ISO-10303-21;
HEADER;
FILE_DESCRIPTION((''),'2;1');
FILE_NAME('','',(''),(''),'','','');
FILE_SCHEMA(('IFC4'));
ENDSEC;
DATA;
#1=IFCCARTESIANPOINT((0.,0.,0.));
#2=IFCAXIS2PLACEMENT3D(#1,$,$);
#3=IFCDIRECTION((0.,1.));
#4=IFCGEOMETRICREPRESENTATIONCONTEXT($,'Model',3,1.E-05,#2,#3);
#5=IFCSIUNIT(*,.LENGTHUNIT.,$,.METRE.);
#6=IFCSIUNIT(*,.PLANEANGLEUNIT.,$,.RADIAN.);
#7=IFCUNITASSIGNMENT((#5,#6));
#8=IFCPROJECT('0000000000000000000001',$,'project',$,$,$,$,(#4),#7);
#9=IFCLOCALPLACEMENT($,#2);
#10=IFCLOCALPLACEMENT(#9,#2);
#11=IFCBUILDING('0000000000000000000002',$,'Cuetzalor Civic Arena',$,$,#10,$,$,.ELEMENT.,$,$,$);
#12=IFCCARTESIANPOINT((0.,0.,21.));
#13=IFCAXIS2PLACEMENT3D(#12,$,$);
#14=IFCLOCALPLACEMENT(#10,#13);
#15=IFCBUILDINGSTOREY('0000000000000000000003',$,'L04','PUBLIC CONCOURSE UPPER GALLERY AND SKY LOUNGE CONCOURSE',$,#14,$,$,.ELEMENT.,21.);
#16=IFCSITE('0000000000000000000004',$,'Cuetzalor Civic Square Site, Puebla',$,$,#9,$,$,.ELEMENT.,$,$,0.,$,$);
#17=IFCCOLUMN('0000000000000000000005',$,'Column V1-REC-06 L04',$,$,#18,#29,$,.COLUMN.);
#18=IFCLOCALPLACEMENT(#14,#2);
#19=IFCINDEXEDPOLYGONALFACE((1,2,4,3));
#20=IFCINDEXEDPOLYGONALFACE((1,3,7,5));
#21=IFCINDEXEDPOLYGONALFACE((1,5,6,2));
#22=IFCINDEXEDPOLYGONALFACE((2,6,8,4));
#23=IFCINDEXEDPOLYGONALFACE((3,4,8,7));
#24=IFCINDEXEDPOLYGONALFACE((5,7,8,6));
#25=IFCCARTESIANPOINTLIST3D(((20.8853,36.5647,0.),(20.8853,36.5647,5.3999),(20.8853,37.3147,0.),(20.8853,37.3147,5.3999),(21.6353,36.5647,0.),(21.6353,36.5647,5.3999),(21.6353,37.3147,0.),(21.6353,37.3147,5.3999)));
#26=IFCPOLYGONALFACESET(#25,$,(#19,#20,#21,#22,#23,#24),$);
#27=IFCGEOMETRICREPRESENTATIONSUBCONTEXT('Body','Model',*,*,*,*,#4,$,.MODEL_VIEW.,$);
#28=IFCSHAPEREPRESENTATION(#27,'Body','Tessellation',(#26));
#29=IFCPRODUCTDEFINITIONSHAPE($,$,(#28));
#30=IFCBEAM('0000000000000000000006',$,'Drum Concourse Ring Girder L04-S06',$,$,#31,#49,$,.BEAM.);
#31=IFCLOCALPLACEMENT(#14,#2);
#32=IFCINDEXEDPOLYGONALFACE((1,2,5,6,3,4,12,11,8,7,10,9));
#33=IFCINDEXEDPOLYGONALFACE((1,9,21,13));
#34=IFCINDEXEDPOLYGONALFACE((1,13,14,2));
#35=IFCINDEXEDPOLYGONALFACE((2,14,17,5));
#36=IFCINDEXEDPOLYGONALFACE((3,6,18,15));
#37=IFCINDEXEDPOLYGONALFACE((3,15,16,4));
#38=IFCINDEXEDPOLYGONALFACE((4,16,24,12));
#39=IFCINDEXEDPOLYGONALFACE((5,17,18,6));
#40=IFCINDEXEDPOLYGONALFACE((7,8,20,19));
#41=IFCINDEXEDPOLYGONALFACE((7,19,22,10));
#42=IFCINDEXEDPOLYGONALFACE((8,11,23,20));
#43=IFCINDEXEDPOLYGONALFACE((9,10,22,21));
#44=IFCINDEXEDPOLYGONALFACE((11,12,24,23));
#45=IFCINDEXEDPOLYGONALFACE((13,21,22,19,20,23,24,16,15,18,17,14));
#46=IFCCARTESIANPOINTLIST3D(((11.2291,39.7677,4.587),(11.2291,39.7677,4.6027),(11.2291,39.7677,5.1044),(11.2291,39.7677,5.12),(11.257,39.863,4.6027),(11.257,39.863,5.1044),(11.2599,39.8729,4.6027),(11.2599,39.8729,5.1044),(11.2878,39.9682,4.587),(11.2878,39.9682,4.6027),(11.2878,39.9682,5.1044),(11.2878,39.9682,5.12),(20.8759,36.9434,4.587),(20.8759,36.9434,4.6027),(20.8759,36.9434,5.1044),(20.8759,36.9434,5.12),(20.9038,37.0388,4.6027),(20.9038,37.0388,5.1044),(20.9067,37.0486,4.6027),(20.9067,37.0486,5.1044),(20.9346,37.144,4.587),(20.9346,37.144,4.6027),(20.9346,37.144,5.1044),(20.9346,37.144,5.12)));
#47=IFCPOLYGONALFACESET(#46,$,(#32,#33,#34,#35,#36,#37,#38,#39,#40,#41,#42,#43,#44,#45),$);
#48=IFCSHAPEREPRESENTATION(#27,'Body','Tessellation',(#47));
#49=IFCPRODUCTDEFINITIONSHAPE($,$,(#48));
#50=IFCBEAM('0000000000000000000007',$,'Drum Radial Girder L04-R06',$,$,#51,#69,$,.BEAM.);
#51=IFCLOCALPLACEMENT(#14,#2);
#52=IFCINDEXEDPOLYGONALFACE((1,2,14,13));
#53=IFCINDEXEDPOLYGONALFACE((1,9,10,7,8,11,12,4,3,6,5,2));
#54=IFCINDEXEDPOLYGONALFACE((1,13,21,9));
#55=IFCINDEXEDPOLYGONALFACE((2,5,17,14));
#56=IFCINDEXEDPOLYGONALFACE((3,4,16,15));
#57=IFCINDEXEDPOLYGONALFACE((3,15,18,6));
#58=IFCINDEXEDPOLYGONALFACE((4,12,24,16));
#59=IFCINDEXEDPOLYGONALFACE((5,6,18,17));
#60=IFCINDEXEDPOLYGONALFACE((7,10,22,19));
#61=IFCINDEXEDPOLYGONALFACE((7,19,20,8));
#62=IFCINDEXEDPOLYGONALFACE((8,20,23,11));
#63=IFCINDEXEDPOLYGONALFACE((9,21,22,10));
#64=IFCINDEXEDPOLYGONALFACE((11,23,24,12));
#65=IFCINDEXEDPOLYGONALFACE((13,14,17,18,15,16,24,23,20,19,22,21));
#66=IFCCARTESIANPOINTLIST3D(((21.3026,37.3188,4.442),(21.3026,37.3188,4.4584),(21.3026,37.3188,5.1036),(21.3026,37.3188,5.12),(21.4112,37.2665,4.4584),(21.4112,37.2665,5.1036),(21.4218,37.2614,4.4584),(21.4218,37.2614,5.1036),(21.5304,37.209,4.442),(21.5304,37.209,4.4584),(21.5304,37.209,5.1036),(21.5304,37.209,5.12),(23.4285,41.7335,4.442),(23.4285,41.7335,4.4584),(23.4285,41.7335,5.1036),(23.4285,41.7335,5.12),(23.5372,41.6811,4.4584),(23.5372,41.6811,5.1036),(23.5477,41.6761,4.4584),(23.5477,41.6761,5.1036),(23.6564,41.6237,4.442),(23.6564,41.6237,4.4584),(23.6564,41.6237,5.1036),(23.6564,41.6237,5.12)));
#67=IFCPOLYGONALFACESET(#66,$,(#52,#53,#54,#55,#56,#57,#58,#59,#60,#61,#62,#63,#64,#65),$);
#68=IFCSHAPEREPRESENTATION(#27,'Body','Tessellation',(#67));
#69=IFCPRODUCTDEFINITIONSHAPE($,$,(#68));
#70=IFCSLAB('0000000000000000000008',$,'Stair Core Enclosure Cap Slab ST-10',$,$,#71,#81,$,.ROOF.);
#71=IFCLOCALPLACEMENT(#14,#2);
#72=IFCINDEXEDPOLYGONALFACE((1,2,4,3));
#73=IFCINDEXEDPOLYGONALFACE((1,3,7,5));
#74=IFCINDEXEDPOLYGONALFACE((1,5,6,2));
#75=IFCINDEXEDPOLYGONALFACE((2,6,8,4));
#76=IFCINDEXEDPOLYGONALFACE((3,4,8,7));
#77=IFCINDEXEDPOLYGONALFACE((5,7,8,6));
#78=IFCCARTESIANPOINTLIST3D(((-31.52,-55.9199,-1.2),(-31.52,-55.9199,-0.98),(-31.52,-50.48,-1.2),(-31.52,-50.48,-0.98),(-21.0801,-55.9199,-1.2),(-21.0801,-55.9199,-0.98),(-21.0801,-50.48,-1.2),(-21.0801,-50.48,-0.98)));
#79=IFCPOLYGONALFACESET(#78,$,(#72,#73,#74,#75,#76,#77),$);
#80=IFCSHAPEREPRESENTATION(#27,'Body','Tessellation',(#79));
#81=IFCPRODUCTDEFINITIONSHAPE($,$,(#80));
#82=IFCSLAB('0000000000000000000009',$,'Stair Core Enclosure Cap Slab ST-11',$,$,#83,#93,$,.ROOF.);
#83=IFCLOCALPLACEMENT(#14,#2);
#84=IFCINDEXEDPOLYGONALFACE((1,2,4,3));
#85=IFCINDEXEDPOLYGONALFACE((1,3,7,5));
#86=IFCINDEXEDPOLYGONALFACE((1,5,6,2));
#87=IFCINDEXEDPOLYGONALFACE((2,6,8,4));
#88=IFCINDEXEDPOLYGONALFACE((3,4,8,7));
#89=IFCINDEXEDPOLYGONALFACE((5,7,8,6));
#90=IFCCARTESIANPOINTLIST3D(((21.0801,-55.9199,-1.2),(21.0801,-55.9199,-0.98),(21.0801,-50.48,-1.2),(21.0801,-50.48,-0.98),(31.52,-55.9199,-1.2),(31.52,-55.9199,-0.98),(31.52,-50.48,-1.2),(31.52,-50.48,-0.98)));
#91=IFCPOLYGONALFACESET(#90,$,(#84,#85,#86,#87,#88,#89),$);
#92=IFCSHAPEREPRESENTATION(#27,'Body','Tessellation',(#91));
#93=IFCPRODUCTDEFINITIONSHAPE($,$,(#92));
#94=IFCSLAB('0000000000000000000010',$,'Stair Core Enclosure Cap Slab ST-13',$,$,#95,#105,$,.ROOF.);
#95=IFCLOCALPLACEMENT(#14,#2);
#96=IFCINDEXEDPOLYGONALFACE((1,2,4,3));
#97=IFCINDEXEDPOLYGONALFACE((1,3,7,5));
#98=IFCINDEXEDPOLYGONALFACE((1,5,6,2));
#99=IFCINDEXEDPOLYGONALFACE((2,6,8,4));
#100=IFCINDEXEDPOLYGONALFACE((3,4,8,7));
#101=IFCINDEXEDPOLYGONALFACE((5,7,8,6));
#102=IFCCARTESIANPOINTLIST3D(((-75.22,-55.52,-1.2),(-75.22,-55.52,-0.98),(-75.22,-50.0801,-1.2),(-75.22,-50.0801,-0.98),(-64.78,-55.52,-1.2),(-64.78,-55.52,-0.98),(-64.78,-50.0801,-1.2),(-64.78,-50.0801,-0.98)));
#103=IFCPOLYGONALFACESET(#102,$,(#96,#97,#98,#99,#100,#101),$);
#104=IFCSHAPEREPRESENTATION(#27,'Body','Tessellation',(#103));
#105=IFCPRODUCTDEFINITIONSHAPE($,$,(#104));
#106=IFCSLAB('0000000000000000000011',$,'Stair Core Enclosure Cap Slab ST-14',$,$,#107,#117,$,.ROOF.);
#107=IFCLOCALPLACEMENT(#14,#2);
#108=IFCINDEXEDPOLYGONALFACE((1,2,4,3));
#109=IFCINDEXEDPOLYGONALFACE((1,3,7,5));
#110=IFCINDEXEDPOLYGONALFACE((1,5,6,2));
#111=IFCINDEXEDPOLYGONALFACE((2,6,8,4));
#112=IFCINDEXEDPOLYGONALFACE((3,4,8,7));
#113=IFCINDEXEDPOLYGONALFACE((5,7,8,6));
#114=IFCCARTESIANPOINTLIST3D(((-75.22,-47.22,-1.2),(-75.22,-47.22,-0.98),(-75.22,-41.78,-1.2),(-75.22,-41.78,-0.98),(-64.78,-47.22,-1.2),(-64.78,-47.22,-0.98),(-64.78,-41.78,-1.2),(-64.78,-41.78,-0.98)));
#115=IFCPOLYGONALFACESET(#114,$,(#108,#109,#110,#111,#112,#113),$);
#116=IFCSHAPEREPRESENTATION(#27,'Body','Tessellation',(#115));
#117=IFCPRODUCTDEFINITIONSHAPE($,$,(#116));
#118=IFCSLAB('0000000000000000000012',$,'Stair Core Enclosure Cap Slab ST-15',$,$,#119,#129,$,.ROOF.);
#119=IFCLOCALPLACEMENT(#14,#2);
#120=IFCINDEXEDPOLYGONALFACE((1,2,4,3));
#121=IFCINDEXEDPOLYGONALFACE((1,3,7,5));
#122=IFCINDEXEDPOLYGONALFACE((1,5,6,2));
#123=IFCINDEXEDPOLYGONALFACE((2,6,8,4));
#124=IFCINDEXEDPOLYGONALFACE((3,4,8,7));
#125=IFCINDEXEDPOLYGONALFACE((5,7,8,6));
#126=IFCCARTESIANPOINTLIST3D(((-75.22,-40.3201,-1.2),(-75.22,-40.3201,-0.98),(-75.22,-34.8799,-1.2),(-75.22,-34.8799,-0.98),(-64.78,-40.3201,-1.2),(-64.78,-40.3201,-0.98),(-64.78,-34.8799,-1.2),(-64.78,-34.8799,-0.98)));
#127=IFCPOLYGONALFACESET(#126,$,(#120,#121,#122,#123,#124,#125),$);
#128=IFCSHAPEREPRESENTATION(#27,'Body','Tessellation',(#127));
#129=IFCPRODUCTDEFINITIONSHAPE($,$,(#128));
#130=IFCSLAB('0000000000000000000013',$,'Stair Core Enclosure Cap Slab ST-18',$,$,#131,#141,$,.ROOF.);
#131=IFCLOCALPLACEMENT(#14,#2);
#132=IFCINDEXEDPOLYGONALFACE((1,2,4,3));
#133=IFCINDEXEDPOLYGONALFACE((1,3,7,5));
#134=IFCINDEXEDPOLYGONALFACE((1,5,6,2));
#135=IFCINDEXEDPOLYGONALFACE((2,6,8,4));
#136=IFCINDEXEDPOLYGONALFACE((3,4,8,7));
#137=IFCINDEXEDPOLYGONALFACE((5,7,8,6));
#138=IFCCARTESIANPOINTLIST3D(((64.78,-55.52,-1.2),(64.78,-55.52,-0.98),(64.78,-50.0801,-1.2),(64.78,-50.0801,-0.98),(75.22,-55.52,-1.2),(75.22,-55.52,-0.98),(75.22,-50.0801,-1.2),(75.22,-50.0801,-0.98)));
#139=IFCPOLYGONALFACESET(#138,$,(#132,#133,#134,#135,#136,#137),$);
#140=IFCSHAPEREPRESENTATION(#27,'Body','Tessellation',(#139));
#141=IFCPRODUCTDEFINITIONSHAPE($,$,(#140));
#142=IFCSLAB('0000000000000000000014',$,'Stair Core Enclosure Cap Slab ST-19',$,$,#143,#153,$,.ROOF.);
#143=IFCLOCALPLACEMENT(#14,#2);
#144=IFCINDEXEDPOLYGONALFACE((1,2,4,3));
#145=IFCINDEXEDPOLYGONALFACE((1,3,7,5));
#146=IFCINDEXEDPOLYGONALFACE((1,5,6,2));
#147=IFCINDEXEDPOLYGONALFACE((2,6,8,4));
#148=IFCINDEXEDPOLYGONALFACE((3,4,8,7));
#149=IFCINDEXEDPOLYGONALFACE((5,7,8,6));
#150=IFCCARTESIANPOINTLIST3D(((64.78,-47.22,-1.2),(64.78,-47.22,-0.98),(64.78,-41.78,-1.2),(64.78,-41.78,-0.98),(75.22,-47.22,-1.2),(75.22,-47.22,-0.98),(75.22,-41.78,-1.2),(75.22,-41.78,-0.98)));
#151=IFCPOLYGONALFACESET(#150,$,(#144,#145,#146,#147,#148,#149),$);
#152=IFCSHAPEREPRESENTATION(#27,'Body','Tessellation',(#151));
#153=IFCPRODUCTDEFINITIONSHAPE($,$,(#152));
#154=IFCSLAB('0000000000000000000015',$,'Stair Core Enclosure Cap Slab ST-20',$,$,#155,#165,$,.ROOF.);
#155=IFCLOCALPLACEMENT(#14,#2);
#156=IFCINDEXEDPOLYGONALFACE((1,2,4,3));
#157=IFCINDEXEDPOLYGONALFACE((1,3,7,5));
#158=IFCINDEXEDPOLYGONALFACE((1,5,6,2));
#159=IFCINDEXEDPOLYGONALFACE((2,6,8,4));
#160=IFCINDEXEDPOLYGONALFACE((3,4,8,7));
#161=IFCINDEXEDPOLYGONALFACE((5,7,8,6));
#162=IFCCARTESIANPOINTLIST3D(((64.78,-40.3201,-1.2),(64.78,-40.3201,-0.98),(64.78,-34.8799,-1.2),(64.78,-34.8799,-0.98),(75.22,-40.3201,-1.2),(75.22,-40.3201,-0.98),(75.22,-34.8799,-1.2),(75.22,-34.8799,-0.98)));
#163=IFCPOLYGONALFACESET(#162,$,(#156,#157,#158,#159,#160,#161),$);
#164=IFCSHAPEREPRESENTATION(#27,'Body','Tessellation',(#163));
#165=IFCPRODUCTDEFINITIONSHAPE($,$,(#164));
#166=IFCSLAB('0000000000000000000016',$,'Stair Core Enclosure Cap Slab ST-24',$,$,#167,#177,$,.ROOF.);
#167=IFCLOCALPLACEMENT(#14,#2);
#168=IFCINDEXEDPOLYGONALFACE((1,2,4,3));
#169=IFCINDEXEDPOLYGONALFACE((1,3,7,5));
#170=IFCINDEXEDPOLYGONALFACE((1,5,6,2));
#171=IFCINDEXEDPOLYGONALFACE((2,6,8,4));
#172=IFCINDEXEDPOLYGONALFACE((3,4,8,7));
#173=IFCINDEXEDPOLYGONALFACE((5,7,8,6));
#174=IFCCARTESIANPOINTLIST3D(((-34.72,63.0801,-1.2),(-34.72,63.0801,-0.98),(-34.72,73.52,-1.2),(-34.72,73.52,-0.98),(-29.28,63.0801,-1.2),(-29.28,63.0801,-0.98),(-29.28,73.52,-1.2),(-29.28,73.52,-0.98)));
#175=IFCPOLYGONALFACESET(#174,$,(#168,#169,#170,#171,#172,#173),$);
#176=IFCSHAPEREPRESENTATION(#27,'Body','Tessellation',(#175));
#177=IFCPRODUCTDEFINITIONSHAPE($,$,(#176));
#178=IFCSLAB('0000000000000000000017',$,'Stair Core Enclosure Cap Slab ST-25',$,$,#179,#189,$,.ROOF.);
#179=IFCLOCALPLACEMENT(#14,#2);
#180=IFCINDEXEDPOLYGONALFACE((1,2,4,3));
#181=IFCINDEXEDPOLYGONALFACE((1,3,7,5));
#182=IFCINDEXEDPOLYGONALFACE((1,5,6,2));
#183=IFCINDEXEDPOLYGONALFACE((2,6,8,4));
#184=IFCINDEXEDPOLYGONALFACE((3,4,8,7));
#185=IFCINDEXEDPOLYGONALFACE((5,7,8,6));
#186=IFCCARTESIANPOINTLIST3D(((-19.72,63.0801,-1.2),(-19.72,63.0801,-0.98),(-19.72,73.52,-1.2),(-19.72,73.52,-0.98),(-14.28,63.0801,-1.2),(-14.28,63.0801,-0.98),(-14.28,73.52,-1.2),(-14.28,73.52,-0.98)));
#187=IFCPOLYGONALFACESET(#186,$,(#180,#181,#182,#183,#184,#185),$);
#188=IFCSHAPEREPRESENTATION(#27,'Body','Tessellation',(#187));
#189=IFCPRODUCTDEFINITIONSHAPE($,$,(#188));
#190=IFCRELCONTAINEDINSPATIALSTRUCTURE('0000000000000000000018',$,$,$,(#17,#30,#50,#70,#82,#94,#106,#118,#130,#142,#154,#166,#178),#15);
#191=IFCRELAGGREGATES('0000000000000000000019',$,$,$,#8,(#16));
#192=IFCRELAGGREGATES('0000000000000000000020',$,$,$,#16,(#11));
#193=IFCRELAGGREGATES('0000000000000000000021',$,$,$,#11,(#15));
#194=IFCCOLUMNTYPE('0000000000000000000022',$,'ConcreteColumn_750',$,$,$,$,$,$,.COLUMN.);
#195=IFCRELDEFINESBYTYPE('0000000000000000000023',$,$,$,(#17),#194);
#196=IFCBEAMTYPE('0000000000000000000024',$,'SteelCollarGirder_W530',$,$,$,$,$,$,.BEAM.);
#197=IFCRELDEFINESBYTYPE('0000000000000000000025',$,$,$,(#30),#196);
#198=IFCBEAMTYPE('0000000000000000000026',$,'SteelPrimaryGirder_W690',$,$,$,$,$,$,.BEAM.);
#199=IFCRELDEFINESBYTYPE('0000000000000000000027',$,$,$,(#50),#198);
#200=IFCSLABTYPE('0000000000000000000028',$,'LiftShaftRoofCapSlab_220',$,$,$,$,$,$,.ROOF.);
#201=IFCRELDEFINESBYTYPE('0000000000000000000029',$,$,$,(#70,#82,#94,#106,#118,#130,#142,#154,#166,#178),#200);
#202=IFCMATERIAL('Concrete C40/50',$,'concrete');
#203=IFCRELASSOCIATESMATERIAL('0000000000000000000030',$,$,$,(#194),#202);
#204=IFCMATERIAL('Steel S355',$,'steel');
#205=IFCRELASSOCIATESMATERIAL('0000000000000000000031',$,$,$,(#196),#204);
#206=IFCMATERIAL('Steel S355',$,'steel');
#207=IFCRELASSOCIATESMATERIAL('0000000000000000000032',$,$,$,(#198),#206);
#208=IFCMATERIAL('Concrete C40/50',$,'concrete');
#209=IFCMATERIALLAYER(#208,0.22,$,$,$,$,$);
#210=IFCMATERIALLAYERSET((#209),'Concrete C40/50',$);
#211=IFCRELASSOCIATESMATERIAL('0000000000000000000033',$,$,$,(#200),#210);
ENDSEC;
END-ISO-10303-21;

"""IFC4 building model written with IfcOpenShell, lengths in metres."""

from ifc_helpers import new_model, si_unit, direction, frame, origin, origin_2d, place, context, subcontext, project, spatial, polyline, rectangle, i_section, outline, extrude, material, layer, layer_set, material_profile, profile_set, type_object, element, save


model = new_model("IFC4")

# Units and contexts
model_context = context("Model", 3, precision=1e-05, world=origin(), true_north=direction((0.0, 1.0)))
body_context = subcontext(model_context, "Body", "Model", "MODEL_VIEW")
ifc_project = project(units=[si_unit("LENGTHUNIT", "METRE"), si_unit("PLANEANGLEUNIT", "RADIAN")], contexts=[model_context])

# Site, building, storey
site_placement = place(None, origin())
site = spatial("IfcSite", under=ifc_project, at=site_placement, Name="Cuetzalor Civic Square Site, Puebla", CompositionType="ELEMENT", RefElevation=0.0)
building_placement = place(site_placement, origin())
building = spatial("IfcBuilding", under=site, at=building_placement, Name="Cuetzalor Civic Arena", CompositionType="ELEMENT")
storey_placement = place(building_placement, frame((0.0, 0.0, 21.0)))
storey = spatial("IfcBuildingStorey", under=building, at=storey_placement, Name="L04", Description="PUBLIC CONCOURSE UPPER GALLERY AND SKY LOUNGE CONCOURSE", CompositionType="ELEMENT", Elevation=21.0)

# Column
ifc_material_1 = material(Name="Concrete C40/50", Category="concrete")
ifc_material_profile_1 = material_profile(ifc_material_1, rectangle(XDim=0.75, YDim=0.75, at=origin_2d()), Name="RC 750x750")
ifc_profile_set_1 = profile_set([ifc_material_profile_1], Name="Concrete C40/50")
column_type = type_object("IfcColumnType", Name="ConcreteColumn_750", PredefinedType="COLUMN", material=ifc_profile_set_1)
column_placement = place(storey_placement, frame((21.2603, 36.9397, 0.0), z_axis=(0.0, 0.0, 1.0), x_axis=(1.0, 0.0, 0.0)))
element("IfcColumn", 1, at=column_placement, inside=storey, type_object=column_type, Name="Column V1-REC-06 L04", PredefinedType="COLUMN", context=body_context, shape_type="SweptSolid", body=[
    extrude(rectangle(XDim=0.75, YDim=0.75, at=origin_2d()), origin(), (0.0, 0.0, 1.0), 5.3999),
])

# Beams
ifc_material_2 = material(Name="Steel S355", Category="steel")
ifc_material_profile_2 = material_profile(ifc_material_2, i_section(OverallWidth=0.209, OverallDepth=0.533, WebThickness=0.0103, FlangeThickness=0.0156, at=origin_2d()), Name="W530x92")
ifc_profile_set_2 = profile_set([ifc_material_profile_2], Name="Steel S355")
beam_type_1 = type_object("IfcBeamType", Name="SteelCollarGirder_W530", PredefinedType="BEAM", material=ifc_profile_set_2)
beam_1_placement = place(storey_placement, frame((20.9053, 37.0437, 4.8535), z_axis=(-0.959716, 0.280971, 0.0), x_axis=(-0.280971, -0.959716, 0.0)))
element("IfcBeam", 2, at=beam_1_placement, inside=storey, type_object=beam_type_1, Name="Drum Concourse Ring Girder L04-S06", PredefinedType="BEAM", context=body_context, shape_type="SweptSolid", body=[
    extrude(i_section(OverallWidth=0.209, OverallDepth=0.533, WebThickness=0.0103, FlangeThickness=0.0156, at=origin_2d()), origin(), (0.0, 0.0, 1.0), 10.0518),
])
ifc_material_3 = material(Name="Steel S355", Category="steel")
ifc_material_profile_3 = material_profile(ifc_material_3, i_section(OverallWidth=0.2529, OverallDepth=0.678, WebThickness=0.0117, FlangeThickness=0.0164, at=origin_2d()), Name="W690x125")
ifc_profile_set_3 = profile_set([ifc_material_profile_3], Name="Steel S355")
beam_type_2 = type_object("IfcBeamType", Name="SteelPrimaryGirder_W690", PredefinedType="BEAM", material=ifc_profile_set_3)
beam_2_placement = place(storey_placement, frame((21.4165, 37.2639, 4.781), z_axis=(0.433871, 0.900975, 0.0), x_axis=(-0.900975, 0.433871, 0.0)))
element("IfcBeam", 3, at=beam_2_placement, inside=storey, type_object=beam_type_2, Name="Drum Radial Girder L04-R06", PredefinedType="BEAM", context=body_context, shape_type="SweptSolid", body=[
    extrude(i_section(OverallWidth=0.2529, OverallDepth=0.678, WebThickness=0.0117, FlangeThickness=0.0164, at=origin_2d()), origin(), (0.0, 0.0, 1.0), 4.8999),
])

# Slabs
ifc_material_4 = material(Name="Concrete C40/50", Category="concrete")
ifc_layer_1 = layer(ifc_material_4, 0.22)
ifc_layer_set_1 = layer_set([ifc_layer_1], Name="Concrete C40/50")
slab_type_1 = type_object("IfcSlabType", Name="LiftShaftRoofCapSlab_220", PredefinedType="ROOF", material=ifc_layer_set_1)
slab_1_placement = place(storey_placement, frame((0.0, 0.0, -1.2)))
element("IfcSlab", 4, at=slab_1_placement, inside=storey, type_object=slab_type_1, Name="Stair Core Enclosure Cap Slab ST-10", PredefinedType="ROOF", context=body_context, shape_type="SweptSolid", body=[
    extrude(outline(polyline([(-31.52, -55.9199), (-21.0801, -55.9199), (-21.0801, -50.48), (-31.52, -50.48), (-31.52, -55.9199)])), origin(), (0.0, 0.0, 1.0), 0.22),
])
slab_2_placement = place(storey_placement, frame((0.0, 0.0, -1.2)))
element("IfcSlab", 5, at=slab_2_placement, inside=storey, type_object=slab_type_1, Name="Stair Core Enclosure Cap Slab ST-11", PredefinedType="ROOF", context=body_context, shape_type="SweptSolid", body=[
    extrude(outline(polyline([(21.0801, -55.9199), (31.52, -55.9199), (31.52, -50.48), (21.0801, -50.48), (21.0801, -55.9199)])), origin(), (0.0, 0.0, 1.0), 0.22),
])
slab_3_placement = place(storey_placement, frame((0.0, 0.0, -1.2)))
element("IfcSlab", 6, at=slab_3_placement, inside=storey, type_object=slab_type_1, Name="Stair Core Enclosure Cap Slab ST-13", PredefinedType="ROOF", context=body_context, shape_type="SweptSolid", body=[
    extrude(outline(polyline([(-75.22, -55.52), (-64.78, -55.52), (-64.78, -50.0801), (-75.22, -50.0801), (-75.22, -55.52)])), origin(), (0.0, 0.0, 1.0), 0.22),
])
slab_4_placement = place(storey_placement, frame((0.0, 0.0, -1.2)))
element("IfcSlab", 7, at=slab_4_placement, inside=storey, type_object=slab_type_1, Name="Stair Core Enclosure Cap Slab ST-14", PredefinedType="ROOF", context=body_context, shape_type="SweptSolid", body=[
    extrude(outline(polyline([(-75.22, -47.22), (-64.78, -47.22), (-64.78, -41.78), (-75.22, -41.78), (-75.22, -47.22)])), origin(), (0.0, 0.0, 1.0), 0.22),
])
slab_5_placement = place(storey_placement, frame((0.0, 0.0, -1.2)))
element("IfcSlab", 8, at=slab_5_placement, inside=storey, type_object=slab_type_1, Name="Stair Core Enclosure Cap Slab ST-15", PredefinedType="ROOF", context=body_context, shape_type="SweptSolid", body=[
    extrude(outline(polyline([(-75.22, -40.3201), (-64.78, -40.3201), (-64.78, -34.8799), (-75.22, -34.8799), (-75.22, -40.3201)])), origin(), (0.0, 0.0, 1.0), 0.22),
])
slab_6_placement = place(storey_placement, frame((0.0, 0.0, -1.2)))
element("IfcSlab", 9, at=slab_6_placement, inside=storey, type_object=slab_type_1, Name="Stair Core Enclosure Cap Slab ST-18", PredefinedType="ROOF", context=body_context, shape_type="SweptSolid", body=[
    extrude(outline(polyline([(64.78, -55.52), (75.22, -55.52), (75.22, -50.0801), (64.78, -50.0801), (64.78, -55.52)])), origin(), (0.0, 0.0, 1.0), 0.22),
])
slab_7_placement = place(storey_placement, frame((0.0, 0.0, -1.2)))
element("IfcSlab", 10, at=slab_7_placement, inside=storey, type_object=slab_type_1, Name="Stair Core Enclosure Cap Slab ST-19", PredefinedType="ROOF", context=body_context, shape_type="SweptSolid", body=[
    extrude(outline(polyline([(64.78, -47.22), (75.22, -47.22), (75.22, -41.78), (64.78, -41.78), (64.78, -47.22)])), origin(), (0.0, 0.0, 1.0), 0.22),
])
slab_8_placement = place(storey_placement, frame((0.0, 0.0, -1.2)))
element("IfcSlab", 11, at=slab_8_placement, inside=storey, type_object=slab_type_1, Name="Stair Core Enclosure Cap Slab ST-20", PredefinedType="ROOF", context=body_context, shape_type="SweptSolid", body=[
    extrude(outline(polyline([(64.78, -40.3201), (75.22, -40.3201), (75.22, -34.8799), (64.78, -34.8799), (64.78, -40.3201)])), origin(), (0.0, 0.0, 1.0), 0.22),
])
slab_9_placement = place(storey_placement, frame((0.0, 0.0, -1.2)))
element("IfcSlab", 12, at=slab_9_placement, inside=storey, type_object=slab_type_1, Name="Stair Core Enclosure Cap Slab ST-24", PredefinedType="ROOF", context=body_context, shape_type="SweptSolid", body=[
    extrude(outline(polyline([(-34.72, 63.0801), (-29.28, 63.0801), (-29.28, 73.52), (-34.72, 73.52), (-34.72, 63.0801)])), origin(), (0.0, 0.0, 1.0), 0.22),
])
slab_10_placement = place(storey_placement, frame((0.0, 0.0, -1.2)))
element("IfcSlab", 13, at=slab_10_placement, inside=storey, type_object=slab_type_1, Name="Stair Core Enclosure Cap Slab ST-25", PredefinedType="ROOF", context=body_context, shape_type="SweptSolid", body=[
    extrude(outline(polyline([(-19.72, 63.0801), (-14.28, 63.0801), (-14.28, 73.52), (-19.72, 73.52), (-19.72, 63.0801)])), origin(), (0.0, 0.0, 1.0), 0.22),
])

save(model, "model.ifc")
